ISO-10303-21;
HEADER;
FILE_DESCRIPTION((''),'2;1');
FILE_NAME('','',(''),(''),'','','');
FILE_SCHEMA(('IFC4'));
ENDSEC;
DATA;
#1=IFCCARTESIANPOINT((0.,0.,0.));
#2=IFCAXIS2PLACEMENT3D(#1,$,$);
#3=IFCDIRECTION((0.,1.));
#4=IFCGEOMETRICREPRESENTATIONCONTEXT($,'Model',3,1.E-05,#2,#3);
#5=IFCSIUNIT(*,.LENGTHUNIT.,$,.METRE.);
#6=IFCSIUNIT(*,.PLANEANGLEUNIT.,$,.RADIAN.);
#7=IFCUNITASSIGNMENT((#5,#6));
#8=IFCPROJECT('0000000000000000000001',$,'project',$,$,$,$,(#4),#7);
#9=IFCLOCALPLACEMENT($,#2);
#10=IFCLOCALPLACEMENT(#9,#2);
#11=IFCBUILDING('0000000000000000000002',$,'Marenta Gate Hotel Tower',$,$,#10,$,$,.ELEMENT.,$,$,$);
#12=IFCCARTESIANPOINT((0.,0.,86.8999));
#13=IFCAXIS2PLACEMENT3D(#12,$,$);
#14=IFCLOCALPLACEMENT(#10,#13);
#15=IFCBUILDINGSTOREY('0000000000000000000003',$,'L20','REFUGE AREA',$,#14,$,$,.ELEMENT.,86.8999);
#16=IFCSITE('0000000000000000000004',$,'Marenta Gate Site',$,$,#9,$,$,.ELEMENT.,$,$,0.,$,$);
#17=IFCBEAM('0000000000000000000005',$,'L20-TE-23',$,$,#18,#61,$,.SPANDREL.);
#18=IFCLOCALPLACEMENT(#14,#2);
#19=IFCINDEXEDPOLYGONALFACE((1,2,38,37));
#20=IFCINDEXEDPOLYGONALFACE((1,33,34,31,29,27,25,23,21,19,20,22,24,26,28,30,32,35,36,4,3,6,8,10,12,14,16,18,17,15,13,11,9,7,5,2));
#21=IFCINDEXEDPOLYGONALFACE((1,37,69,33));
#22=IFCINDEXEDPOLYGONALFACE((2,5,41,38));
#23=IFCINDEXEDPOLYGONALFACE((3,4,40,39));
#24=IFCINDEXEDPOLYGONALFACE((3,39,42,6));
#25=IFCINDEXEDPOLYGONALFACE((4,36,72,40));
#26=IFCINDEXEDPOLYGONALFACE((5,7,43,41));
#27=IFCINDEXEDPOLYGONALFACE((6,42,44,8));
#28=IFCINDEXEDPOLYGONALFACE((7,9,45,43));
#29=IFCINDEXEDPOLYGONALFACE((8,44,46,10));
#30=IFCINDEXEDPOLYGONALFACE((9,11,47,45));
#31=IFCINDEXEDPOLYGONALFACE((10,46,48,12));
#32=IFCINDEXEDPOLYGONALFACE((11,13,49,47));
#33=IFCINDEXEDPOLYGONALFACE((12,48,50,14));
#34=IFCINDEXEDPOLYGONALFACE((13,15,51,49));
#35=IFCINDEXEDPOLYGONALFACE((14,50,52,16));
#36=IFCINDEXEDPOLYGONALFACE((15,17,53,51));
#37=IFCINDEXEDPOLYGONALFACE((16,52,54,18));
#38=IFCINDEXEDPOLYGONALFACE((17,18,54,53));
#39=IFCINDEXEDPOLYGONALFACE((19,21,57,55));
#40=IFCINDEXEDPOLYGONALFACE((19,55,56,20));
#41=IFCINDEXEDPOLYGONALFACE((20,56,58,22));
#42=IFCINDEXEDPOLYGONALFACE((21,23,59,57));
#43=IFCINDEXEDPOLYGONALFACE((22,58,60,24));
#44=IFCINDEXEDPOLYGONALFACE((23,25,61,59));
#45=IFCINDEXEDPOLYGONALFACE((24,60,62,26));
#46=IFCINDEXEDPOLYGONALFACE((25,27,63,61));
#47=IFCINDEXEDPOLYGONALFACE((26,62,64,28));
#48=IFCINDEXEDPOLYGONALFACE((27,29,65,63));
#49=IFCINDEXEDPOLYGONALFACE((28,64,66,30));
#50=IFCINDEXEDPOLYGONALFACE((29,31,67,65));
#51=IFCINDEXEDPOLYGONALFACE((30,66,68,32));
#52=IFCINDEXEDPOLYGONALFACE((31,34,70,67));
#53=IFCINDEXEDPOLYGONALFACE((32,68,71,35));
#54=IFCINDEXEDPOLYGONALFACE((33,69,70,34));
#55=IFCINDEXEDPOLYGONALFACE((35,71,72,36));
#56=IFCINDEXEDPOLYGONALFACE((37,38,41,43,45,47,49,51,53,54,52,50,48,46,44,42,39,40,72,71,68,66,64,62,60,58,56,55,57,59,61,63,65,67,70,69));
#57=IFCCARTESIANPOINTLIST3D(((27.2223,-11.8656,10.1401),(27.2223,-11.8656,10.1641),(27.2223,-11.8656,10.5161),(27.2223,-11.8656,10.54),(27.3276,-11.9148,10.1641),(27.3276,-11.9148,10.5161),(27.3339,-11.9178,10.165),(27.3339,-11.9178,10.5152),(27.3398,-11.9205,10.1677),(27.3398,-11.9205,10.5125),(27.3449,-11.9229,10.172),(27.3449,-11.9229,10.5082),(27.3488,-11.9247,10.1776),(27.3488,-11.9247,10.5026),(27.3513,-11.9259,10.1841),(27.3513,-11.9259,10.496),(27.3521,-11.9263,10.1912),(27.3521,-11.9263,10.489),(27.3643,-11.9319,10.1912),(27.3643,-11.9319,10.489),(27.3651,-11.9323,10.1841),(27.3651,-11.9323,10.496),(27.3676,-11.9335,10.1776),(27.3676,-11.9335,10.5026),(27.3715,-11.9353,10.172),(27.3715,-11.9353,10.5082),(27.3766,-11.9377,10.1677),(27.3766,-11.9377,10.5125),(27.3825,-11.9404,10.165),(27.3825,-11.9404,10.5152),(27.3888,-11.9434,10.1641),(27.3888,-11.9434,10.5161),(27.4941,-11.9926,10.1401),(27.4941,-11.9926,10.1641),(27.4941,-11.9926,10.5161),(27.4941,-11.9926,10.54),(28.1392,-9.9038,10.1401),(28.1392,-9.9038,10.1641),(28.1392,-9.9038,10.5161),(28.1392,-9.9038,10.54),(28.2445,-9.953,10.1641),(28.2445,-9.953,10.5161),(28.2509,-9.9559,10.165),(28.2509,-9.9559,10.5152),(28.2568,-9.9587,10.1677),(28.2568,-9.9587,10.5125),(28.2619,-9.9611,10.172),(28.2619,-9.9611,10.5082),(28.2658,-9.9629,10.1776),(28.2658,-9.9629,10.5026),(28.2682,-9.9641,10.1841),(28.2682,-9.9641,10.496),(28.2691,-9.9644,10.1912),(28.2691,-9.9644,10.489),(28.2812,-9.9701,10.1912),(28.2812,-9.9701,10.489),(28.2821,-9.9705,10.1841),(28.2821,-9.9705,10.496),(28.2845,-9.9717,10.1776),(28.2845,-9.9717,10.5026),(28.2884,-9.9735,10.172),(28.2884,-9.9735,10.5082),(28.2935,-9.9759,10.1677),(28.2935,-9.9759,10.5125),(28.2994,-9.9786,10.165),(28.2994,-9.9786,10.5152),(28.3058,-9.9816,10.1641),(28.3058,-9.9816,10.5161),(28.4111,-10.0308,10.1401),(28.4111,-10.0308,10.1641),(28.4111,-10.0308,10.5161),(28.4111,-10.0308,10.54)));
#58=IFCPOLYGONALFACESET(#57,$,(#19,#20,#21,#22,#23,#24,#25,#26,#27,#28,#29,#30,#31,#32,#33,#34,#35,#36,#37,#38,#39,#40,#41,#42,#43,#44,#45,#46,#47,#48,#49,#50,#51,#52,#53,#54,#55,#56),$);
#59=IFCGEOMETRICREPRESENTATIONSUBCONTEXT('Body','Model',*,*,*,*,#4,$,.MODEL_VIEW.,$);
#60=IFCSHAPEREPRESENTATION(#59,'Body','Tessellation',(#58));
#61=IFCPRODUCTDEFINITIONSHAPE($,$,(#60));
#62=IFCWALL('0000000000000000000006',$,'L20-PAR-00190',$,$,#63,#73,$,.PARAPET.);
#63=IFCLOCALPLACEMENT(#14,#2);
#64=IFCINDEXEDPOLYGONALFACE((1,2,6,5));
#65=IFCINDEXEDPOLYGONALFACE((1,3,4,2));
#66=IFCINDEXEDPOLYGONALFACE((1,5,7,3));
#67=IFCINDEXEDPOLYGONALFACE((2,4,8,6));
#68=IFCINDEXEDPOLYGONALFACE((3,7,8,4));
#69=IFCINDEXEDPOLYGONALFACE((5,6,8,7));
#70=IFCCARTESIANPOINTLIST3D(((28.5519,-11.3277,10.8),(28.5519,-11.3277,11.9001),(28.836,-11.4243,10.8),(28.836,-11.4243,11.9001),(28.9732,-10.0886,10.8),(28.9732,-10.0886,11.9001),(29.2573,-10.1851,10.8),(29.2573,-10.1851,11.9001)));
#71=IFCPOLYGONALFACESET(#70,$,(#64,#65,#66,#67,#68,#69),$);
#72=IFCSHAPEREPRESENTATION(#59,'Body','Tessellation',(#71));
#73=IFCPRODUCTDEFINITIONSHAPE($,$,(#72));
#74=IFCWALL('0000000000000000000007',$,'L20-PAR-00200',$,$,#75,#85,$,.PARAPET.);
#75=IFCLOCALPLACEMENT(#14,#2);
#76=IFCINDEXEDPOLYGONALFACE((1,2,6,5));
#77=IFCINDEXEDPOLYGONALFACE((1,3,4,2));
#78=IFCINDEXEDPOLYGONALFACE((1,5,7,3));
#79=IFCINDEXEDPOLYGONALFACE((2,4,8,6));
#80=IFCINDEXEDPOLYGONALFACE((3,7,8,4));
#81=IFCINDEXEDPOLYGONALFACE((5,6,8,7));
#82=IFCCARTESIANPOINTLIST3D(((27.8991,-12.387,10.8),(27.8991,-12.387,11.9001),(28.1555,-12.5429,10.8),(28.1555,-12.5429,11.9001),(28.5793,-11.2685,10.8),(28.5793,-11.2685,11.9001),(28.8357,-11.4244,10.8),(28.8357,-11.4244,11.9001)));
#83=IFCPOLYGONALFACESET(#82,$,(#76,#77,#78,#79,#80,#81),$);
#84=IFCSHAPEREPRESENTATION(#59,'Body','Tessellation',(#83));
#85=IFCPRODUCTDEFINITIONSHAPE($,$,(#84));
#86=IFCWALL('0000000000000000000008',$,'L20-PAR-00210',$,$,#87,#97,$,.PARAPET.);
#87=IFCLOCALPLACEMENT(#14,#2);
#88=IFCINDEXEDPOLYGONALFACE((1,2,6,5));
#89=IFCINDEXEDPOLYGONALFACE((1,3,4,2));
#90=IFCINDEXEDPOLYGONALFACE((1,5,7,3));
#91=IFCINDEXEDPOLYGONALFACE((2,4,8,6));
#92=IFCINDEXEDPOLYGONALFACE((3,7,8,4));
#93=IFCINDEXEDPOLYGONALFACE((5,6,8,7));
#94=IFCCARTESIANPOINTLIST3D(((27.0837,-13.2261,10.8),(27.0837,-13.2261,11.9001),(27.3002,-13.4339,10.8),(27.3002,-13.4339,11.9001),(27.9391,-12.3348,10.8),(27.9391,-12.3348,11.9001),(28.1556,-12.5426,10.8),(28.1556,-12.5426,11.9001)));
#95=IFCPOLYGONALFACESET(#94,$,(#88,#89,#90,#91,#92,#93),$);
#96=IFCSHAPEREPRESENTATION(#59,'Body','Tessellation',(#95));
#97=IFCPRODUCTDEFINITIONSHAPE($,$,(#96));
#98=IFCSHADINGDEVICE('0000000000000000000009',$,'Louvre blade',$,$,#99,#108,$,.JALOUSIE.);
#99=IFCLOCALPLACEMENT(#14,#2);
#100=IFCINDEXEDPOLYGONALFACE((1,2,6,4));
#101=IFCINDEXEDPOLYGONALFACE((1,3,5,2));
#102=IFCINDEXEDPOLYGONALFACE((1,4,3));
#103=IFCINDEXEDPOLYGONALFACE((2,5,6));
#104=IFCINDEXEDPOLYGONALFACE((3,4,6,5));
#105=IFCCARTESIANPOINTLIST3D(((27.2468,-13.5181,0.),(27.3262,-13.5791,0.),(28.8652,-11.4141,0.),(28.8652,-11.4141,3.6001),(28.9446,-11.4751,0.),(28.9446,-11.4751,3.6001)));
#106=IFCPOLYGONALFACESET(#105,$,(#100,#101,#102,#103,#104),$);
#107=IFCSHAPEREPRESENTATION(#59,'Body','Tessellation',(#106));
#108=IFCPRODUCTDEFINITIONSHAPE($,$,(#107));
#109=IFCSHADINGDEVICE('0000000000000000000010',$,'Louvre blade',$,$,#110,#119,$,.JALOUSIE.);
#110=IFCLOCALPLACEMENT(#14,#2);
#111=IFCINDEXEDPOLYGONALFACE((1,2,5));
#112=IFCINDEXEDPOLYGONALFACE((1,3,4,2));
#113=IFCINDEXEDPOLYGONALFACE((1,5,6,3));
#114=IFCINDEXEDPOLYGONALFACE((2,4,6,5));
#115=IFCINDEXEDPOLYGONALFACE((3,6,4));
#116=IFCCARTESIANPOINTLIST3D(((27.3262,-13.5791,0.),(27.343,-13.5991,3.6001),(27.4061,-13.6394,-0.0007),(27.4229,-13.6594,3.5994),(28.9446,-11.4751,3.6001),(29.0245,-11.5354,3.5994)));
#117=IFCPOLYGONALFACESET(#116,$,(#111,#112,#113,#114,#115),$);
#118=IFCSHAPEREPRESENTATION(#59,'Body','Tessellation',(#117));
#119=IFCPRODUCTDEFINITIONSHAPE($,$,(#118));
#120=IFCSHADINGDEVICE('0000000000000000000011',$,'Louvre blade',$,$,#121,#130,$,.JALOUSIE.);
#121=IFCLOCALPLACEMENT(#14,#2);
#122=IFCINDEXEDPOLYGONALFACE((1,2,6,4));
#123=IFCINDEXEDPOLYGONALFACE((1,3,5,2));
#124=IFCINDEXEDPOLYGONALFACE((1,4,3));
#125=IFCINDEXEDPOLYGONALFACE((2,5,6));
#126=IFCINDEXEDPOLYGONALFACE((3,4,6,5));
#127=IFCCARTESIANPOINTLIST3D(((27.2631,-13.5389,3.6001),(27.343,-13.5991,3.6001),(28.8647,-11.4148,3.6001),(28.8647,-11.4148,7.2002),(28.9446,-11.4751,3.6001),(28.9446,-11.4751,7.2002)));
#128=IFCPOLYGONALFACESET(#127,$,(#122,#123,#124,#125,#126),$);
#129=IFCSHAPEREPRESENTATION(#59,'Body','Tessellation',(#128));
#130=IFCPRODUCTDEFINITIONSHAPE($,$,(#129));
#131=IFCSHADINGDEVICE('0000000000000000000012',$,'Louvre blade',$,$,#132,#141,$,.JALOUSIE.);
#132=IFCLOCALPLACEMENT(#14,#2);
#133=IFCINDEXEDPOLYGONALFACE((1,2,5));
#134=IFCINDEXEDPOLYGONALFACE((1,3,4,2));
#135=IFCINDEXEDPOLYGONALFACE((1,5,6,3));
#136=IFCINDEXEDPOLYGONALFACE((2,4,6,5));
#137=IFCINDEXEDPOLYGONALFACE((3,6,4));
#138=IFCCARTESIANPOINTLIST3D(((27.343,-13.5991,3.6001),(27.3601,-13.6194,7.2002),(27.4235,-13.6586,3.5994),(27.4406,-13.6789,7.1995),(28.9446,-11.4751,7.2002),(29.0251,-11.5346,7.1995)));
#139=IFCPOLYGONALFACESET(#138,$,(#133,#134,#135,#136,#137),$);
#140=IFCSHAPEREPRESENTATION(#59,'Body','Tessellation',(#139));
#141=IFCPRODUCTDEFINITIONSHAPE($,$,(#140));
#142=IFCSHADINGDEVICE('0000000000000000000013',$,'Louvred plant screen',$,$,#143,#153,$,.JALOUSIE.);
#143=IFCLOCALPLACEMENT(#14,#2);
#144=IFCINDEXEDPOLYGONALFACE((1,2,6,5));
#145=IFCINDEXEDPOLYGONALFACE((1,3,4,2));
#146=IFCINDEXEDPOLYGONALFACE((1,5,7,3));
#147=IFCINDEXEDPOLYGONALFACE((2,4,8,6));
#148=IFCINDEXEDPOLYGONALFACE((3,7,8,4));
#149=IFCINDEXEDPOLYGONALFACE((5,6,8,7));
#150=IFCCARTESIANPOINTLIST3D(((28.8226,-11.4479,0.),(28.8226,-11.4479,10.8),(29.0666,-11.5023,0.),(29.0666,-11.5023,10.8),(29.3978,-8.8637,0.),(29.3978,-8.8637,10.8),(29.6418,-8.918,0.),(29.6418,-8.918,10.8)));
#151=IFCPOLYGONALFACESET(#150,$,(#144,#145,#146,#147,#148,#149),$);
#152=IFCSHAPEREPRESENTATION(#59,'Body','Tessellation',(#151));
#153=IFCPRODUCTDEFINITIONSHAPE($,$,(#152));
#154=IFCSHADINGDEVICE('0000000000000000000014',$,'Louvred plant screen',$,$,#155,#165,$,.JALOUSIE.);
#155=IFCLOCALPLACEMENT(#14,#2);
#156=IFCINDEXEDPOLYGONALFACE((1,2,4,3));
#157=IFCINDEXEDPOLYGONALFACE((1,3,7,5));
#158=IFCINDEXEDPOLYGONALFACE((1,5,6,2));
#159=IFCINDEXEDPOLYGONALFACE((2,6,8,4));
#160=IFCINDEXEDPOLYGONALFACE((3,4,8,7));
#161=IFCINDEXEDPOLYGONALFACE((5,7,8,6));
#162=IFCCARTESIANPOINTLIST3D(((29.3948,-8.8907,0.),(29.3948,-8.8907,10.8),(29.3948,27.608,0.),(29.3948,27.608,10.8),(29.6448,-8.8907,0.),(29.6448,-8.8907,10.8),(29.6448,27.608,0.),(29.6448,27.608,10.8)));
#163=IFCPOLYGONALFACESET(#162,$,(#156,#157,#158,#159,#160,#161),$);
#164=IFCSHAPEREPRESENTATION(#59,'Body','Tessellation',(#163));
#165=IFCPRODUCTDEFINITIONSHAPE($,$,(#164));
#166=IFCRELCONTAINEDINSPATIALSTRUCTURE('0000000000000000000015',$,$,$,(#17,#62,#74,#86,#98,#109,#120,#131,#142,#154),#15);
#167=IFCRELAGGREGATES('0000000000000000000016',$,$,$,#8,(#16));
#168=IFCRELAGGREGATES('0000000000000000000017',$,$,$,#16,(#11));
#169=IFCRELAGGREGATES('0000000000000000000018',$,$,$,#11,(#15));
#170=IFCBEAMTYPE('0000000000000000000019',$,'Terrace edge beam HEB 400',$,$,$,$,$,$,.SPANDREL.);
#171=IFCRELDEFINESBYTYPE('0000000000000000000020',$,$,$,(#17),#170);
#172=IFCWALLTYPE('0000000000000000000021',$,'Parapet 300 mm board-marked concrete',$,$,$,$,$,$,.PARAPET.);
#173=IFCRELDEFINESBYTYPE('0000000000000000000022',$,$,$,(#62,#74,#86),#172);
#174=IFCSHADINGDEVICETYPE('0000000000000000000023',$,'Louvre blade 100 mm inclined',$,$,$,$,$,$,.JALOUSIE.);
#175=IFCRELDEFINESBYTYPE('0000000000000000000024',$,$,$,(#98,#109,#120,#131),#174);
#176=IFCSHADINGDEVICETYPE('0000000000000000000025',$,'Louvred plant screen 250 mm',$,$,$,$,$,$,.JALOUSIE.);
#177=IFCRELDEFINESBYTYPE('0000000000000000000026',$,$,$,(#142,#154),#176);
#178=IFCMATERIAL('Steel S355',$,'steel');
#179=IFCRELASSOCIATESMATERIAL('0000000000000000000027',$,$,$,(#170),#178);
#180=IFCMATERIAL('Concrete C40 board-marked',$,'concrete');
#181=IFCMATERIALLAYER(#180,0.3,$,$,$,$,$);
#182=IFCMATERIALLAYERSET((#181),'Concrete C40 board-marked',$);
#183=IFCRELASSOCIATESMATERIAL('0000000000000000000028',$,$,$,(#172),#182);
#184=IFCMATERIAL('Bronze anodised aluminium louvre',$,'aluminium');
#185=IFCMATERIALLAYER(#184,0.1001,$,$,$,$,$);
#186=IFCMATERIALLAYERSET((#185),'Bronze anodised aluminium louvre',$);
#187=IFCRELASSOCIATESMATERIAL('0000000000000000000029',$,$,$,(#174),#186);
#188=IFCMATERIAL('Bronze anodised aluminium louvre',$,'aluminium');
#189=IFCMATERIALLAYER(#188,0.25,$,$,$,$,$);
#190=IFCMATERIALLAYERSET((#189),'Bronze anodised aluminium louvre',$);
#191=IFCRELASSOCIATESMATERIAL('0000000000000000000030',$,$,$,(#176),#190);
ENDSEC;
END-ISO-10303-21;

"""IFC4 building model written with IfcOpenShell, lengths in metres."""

from ifc_helpers import new_model, si_unit, direction, frame, frame_2d, origin, origin_2d, place, context, subcontext, project, spatial, polyline, rectangle, i_section, outline, extrude, material, layer, layer_set, material_profile, profile_set, type_object, element, save


model = new_model("IFC4")

# Units and contexts
model_context = context("Model", 3, precision=1e-05, world=origin(), true_north=direction((0.0, 1.0)))
body_context = subcontext(model_context, "Body", "Model", "MODEL_VIEW")
ifc_project = project(units=[si_unit("LENGTHUNIT", "METRE"), si_unit("PLANEANGLEUNIT", "RADIAN")], contexts=[model_context])

# Site, building, storey
site_placement = place(None, origin())
site = spatial("IfcSite", under=ifc_project, at=site_placement, Name="Marenta Gate Site", CompositionType="ELEMENT", RefElevation=0.0)
building_placement = place(site_placement, origin())
building = spatial("IfcBuilding", under=site, at=building_placement, Name="Marenta Gate Hotel Tower", CompositionType="ELEMENT")
storey_placement = place(building_placement, frame((0.0, 0.0, 86.8999)))
storey = spatial("IfcBuildingStorey", under=building, at=storey_placement, Name="L20", Description="REFUGE AREA", CompositionType="ELEMENT", Elevation=86.8999)

# Beam
ifc_material_1 = material(Name="Steel S355", Category="steel")
ifc_material_profile_1 = material_profile(ifc_material_1, i_section(OverallWidth=0.3, OverallDepth=0.3999, WebThickness=0.0134, FlangeThickness=0.0239, FilletRadius=0.0271, at=origin_2d()), Name="HEB 400")
ifc_profile_set_1 = profile_set([ifc_material_profile_1], Name="Steel S355")
beam_type_1 = type_object("IfcBeamType", Name="Terrace edge beam HEB 400", PredefinedType="SPANDREL", material=ifc_profile_set_1)
beam_1_placement = place(storey_placement, frame((28.2751, -9.9673, 10.3401), z_axis=(-0.423428, -0.90593, 0.0), x_axis=(0.90593, -0.423428, 0.0)))
element("IfcBeam", 1, at=beam_1_placement, inside=storey, type_object=beam_type_1, Name="L20-TE-23", PredefinedType="SPANDREL", context=body_context, shape_type="SweptSolid", body=[
    extrude(i_section(OverallWidth=0.3, OverallDepth=0.3999, WebThickness=0.0134, FlangeThickness=0.0239, FilletRadius=0.0271, at=origin_2d()), origin(), (0.0, 0.0, 1.0), 2.1655),
])

# Walls
ifc_material_2 = material(Name="Concrete C40 board-marked", Category="concrete")
ifc_layer_1 = layer(ifc_material_2, 0.3)
ifc_layer_set_1 = layer_set([ifc_layer_1], Name="Concrete C40 board-marked")
wall_type = type_object("IfcWallType", Name="Parapet 300 mm board-marked concrete", PredefinedType="PARAPET", material=ifc_layer_set_1)
wall_1_placement = place(storey_placement, frame((29.1152, -10.137, 10.8), z_axis=(0.0, 0.0, 1.0), x_axis=(-0.321929, -0.946764, 0.0)))
element("IfcWall", 2, at=wall_1_placement, inside=storey, type_object=wall_type, Name="L20-PAR-00190", PredefinedType="PARAPET", context=body_context, shape_type="SweptSolid", body=[
    extrude(rectangle(XDim=1.3088, YDim=0.3, at=frame_2d((0.6543, 0.0))), origin(), (0.0, 0.0, 1.0), 1.1001),
])
wall_2_placement = place(storey_placement, frame((28.7075, -11.3464, 10.8), z_axis=(0.0, 0.0, 1.0), x_axis=(-0.519616, -0.8544, 0.0)))
element("IfcWall", 3, at=wall_2_placement, inside=storey, type_object=wall_type, Name="L20-PAR-00200", PredefinedType="PARAPET", context=body_context, shape_type="SweptSolid", body=[
    extrude(rectangle(XDim=1.3091, YDim=0.3, at=frame_2d((0.6545, 0.0))), origin(), (0.0, 0.0, 1.0), 1.1001),
])
wall_3_placement = place(storey_placement, frame((28.0474, -12.4387, 10.8), z_axis=(0.0, 0.0, 1.0), x_axis=(-0.692433, -0.721482, 0.0)))
element("IfcWall", 4, at=wall_3_placement, inside=storey, type_object=wall_type, Name="L20-PAR-00210", PredefinedType="PARAPET", context=body_context, shape_type="SweptSolid", body=[
    extrude(rectangle(XDim=1.2354, YDim=0.3, at=frame_2d((0.6177, 0.0))), origin(), (0.0, 0.0, 1.0), 1.1001),
])

# Shading devices
ifc_material_3 = material(Name="Bronze anodised aluminium louvre", Category="aluminium")
ifc_layer_2 = layer(ifc_material_3, 0.1001)
ifc_layer_set_2 = layer_set([ifc_layer_2], Name="Bronze anodised aluminium louvre")
shading_device_type_1 = type_object("IfcShadingDeviceType", Name="Louvre blade 100 mm inclined", PredefinedType="JALOUSIE", material=ifc_layer_set_2)
shading_device_1_placement = place(storey_placement, frame((27.3262, -13.5791, 0.0), z_axis=(0.792634, -0.609697, 0.0), x_axis=(0.609697, 0.792634, 0.0)))
element("IfcShadingDevice", 5, at=shading_device_1_placement, inside=storey, type_object=shading_device_type_1, Name="Louvre blade", PredefinedType="JALOUSIE", context=body_context, shape_type="SweptSolid", body=[
    extrude(outline(polyline([(0.0, 0.0), (2.6544, 0.0), (2.6544, 3.6001), (0.0, 0.0)])), origin(), (0.0, 0.0, -1.0), 0.1001),
])
shading_device_2_placement = place(storey_placement, frame((27.3262, -13.5791, 0.0), z_axis=(-0.798435, 0.602039, 0.007084), x_axis=(0.361826, 0.47039, 0.80487)))
element("IfcShadingDevice", 6, at=shading_device_2_placement, inside=storey, type_object=shading_device_type_1, Name="Louvre blade", PredefinedType="JALOUSIE", context=body_context, shape_type="SweptSolid", body=[
    extrude(outline(polyline([(0.0, 0.0), (4.4729, 0.0), (2.8943, -2.1411), (0.0, 0.0)])), origin(), (0.0, 0.0, -1.0), 0.1001),
])
shading_device_3_placement = place(storey_placement, frame((27.343, -13.5991, 3.6001), z_axis=(0.798456, -0.602054, 0.0), x_axis=(0.602054, 0.798456, 0.0)))
element("IfcShadingDevice", 7, at=shading_device_3_placement, inside=storey, type_object=shading_device_type_1, Name="Louvre blade", PredefinedType="JALOUSIE", context=body_context, shape_type="SweptSolid", body=[
    extrude(outline(polyline([(0.0, 0.0), (2.6602, 0.0), (2.6602, 3.6001), (0.0, 0.0)])), origin(), (0.0, 0.0, -1.0), 0.1001),
])
shading_device_4_placement = place(storey_placement, frame((27.343, -13.5991, 3.6001), z_axis=(-0.804234, 0.59427, 0.007163), x_axis=(0.357788, 0.474505, 0.804259)))
element("IfcShadingDevice", 8, at=shading_device_4_placement, inside=storey, type_object=shading_device_type_1, Name="Louvre blade", PredefinedType="JALOUSIE", context=body_context, shape_type="SweptSolid", body=[
    extrude(outline(polyline([(0.0, 0.0), (4.4763, 0.0), (2.8919, -2.1444), (0.0, 0.0)])), origin(), (0.0, 0.0, -1.0), 0.1001),
])
ifc_material_4 = material(Name="Bronze anodised aluminium louvre", Category="aluminium")
ifc_layer_3 = layer(ifc_material_4, 0.25)
ifc_layer_set_3 = layer_set([ifc_layer_3], Name="Bronze anodised aluminium louvre")
shading_device_type_2 = type_object("IfcShadingDeviceType", Name="Louvred plant screen 250 mm", PredefinedType="JALOUSIE", material=ifc_layer_set_3)
shading_device_5_placement = place(storey_placement, frame((28.9446, -11.4751, 0.0), z_axis=(0.0, 0.0, 1.0), x_axis=(0.217262, 0.976113, 0.0)))
element("IfcShadingDevice", 9, at=shading_device_5_placement, inside=storey, type_object=shading_device_type_2, Name="Louvred plant screen", PredefinedType="JALOUSIE", context=body_context, shape_type="SweptSolid", body=[
    extrude(rectangle(XDim=2.6475, YDim=0.25, at=frame_2d((1.3237, 0.0))), origin(), (0.0, 0.0, 1.0), 10.8),
])
shading_device_6_placement = place(storey_placement, frame((29.5198, -8.8909, 0.0), z_axis=(0.0, 0.0, 1.0), x_axis=(0.0, 1.0, 0.0)))
element("IfcShadingDevice", 10, at=shading_device_6_placement, inside=storey, type_object=shading_device_type_2, Name="Louvred plant screen", PredefinedType="JALOUSIE", context=body_context, shape_type="SweptSolid", body=[
    extrude(rectangle(XDim=36.4988, YDim=0.25, at=frame_2d((18.2495, 0.0))), origin(), (0.0, 0.0, 1.0), 10.8),
])

save(model, "model.ifc")
